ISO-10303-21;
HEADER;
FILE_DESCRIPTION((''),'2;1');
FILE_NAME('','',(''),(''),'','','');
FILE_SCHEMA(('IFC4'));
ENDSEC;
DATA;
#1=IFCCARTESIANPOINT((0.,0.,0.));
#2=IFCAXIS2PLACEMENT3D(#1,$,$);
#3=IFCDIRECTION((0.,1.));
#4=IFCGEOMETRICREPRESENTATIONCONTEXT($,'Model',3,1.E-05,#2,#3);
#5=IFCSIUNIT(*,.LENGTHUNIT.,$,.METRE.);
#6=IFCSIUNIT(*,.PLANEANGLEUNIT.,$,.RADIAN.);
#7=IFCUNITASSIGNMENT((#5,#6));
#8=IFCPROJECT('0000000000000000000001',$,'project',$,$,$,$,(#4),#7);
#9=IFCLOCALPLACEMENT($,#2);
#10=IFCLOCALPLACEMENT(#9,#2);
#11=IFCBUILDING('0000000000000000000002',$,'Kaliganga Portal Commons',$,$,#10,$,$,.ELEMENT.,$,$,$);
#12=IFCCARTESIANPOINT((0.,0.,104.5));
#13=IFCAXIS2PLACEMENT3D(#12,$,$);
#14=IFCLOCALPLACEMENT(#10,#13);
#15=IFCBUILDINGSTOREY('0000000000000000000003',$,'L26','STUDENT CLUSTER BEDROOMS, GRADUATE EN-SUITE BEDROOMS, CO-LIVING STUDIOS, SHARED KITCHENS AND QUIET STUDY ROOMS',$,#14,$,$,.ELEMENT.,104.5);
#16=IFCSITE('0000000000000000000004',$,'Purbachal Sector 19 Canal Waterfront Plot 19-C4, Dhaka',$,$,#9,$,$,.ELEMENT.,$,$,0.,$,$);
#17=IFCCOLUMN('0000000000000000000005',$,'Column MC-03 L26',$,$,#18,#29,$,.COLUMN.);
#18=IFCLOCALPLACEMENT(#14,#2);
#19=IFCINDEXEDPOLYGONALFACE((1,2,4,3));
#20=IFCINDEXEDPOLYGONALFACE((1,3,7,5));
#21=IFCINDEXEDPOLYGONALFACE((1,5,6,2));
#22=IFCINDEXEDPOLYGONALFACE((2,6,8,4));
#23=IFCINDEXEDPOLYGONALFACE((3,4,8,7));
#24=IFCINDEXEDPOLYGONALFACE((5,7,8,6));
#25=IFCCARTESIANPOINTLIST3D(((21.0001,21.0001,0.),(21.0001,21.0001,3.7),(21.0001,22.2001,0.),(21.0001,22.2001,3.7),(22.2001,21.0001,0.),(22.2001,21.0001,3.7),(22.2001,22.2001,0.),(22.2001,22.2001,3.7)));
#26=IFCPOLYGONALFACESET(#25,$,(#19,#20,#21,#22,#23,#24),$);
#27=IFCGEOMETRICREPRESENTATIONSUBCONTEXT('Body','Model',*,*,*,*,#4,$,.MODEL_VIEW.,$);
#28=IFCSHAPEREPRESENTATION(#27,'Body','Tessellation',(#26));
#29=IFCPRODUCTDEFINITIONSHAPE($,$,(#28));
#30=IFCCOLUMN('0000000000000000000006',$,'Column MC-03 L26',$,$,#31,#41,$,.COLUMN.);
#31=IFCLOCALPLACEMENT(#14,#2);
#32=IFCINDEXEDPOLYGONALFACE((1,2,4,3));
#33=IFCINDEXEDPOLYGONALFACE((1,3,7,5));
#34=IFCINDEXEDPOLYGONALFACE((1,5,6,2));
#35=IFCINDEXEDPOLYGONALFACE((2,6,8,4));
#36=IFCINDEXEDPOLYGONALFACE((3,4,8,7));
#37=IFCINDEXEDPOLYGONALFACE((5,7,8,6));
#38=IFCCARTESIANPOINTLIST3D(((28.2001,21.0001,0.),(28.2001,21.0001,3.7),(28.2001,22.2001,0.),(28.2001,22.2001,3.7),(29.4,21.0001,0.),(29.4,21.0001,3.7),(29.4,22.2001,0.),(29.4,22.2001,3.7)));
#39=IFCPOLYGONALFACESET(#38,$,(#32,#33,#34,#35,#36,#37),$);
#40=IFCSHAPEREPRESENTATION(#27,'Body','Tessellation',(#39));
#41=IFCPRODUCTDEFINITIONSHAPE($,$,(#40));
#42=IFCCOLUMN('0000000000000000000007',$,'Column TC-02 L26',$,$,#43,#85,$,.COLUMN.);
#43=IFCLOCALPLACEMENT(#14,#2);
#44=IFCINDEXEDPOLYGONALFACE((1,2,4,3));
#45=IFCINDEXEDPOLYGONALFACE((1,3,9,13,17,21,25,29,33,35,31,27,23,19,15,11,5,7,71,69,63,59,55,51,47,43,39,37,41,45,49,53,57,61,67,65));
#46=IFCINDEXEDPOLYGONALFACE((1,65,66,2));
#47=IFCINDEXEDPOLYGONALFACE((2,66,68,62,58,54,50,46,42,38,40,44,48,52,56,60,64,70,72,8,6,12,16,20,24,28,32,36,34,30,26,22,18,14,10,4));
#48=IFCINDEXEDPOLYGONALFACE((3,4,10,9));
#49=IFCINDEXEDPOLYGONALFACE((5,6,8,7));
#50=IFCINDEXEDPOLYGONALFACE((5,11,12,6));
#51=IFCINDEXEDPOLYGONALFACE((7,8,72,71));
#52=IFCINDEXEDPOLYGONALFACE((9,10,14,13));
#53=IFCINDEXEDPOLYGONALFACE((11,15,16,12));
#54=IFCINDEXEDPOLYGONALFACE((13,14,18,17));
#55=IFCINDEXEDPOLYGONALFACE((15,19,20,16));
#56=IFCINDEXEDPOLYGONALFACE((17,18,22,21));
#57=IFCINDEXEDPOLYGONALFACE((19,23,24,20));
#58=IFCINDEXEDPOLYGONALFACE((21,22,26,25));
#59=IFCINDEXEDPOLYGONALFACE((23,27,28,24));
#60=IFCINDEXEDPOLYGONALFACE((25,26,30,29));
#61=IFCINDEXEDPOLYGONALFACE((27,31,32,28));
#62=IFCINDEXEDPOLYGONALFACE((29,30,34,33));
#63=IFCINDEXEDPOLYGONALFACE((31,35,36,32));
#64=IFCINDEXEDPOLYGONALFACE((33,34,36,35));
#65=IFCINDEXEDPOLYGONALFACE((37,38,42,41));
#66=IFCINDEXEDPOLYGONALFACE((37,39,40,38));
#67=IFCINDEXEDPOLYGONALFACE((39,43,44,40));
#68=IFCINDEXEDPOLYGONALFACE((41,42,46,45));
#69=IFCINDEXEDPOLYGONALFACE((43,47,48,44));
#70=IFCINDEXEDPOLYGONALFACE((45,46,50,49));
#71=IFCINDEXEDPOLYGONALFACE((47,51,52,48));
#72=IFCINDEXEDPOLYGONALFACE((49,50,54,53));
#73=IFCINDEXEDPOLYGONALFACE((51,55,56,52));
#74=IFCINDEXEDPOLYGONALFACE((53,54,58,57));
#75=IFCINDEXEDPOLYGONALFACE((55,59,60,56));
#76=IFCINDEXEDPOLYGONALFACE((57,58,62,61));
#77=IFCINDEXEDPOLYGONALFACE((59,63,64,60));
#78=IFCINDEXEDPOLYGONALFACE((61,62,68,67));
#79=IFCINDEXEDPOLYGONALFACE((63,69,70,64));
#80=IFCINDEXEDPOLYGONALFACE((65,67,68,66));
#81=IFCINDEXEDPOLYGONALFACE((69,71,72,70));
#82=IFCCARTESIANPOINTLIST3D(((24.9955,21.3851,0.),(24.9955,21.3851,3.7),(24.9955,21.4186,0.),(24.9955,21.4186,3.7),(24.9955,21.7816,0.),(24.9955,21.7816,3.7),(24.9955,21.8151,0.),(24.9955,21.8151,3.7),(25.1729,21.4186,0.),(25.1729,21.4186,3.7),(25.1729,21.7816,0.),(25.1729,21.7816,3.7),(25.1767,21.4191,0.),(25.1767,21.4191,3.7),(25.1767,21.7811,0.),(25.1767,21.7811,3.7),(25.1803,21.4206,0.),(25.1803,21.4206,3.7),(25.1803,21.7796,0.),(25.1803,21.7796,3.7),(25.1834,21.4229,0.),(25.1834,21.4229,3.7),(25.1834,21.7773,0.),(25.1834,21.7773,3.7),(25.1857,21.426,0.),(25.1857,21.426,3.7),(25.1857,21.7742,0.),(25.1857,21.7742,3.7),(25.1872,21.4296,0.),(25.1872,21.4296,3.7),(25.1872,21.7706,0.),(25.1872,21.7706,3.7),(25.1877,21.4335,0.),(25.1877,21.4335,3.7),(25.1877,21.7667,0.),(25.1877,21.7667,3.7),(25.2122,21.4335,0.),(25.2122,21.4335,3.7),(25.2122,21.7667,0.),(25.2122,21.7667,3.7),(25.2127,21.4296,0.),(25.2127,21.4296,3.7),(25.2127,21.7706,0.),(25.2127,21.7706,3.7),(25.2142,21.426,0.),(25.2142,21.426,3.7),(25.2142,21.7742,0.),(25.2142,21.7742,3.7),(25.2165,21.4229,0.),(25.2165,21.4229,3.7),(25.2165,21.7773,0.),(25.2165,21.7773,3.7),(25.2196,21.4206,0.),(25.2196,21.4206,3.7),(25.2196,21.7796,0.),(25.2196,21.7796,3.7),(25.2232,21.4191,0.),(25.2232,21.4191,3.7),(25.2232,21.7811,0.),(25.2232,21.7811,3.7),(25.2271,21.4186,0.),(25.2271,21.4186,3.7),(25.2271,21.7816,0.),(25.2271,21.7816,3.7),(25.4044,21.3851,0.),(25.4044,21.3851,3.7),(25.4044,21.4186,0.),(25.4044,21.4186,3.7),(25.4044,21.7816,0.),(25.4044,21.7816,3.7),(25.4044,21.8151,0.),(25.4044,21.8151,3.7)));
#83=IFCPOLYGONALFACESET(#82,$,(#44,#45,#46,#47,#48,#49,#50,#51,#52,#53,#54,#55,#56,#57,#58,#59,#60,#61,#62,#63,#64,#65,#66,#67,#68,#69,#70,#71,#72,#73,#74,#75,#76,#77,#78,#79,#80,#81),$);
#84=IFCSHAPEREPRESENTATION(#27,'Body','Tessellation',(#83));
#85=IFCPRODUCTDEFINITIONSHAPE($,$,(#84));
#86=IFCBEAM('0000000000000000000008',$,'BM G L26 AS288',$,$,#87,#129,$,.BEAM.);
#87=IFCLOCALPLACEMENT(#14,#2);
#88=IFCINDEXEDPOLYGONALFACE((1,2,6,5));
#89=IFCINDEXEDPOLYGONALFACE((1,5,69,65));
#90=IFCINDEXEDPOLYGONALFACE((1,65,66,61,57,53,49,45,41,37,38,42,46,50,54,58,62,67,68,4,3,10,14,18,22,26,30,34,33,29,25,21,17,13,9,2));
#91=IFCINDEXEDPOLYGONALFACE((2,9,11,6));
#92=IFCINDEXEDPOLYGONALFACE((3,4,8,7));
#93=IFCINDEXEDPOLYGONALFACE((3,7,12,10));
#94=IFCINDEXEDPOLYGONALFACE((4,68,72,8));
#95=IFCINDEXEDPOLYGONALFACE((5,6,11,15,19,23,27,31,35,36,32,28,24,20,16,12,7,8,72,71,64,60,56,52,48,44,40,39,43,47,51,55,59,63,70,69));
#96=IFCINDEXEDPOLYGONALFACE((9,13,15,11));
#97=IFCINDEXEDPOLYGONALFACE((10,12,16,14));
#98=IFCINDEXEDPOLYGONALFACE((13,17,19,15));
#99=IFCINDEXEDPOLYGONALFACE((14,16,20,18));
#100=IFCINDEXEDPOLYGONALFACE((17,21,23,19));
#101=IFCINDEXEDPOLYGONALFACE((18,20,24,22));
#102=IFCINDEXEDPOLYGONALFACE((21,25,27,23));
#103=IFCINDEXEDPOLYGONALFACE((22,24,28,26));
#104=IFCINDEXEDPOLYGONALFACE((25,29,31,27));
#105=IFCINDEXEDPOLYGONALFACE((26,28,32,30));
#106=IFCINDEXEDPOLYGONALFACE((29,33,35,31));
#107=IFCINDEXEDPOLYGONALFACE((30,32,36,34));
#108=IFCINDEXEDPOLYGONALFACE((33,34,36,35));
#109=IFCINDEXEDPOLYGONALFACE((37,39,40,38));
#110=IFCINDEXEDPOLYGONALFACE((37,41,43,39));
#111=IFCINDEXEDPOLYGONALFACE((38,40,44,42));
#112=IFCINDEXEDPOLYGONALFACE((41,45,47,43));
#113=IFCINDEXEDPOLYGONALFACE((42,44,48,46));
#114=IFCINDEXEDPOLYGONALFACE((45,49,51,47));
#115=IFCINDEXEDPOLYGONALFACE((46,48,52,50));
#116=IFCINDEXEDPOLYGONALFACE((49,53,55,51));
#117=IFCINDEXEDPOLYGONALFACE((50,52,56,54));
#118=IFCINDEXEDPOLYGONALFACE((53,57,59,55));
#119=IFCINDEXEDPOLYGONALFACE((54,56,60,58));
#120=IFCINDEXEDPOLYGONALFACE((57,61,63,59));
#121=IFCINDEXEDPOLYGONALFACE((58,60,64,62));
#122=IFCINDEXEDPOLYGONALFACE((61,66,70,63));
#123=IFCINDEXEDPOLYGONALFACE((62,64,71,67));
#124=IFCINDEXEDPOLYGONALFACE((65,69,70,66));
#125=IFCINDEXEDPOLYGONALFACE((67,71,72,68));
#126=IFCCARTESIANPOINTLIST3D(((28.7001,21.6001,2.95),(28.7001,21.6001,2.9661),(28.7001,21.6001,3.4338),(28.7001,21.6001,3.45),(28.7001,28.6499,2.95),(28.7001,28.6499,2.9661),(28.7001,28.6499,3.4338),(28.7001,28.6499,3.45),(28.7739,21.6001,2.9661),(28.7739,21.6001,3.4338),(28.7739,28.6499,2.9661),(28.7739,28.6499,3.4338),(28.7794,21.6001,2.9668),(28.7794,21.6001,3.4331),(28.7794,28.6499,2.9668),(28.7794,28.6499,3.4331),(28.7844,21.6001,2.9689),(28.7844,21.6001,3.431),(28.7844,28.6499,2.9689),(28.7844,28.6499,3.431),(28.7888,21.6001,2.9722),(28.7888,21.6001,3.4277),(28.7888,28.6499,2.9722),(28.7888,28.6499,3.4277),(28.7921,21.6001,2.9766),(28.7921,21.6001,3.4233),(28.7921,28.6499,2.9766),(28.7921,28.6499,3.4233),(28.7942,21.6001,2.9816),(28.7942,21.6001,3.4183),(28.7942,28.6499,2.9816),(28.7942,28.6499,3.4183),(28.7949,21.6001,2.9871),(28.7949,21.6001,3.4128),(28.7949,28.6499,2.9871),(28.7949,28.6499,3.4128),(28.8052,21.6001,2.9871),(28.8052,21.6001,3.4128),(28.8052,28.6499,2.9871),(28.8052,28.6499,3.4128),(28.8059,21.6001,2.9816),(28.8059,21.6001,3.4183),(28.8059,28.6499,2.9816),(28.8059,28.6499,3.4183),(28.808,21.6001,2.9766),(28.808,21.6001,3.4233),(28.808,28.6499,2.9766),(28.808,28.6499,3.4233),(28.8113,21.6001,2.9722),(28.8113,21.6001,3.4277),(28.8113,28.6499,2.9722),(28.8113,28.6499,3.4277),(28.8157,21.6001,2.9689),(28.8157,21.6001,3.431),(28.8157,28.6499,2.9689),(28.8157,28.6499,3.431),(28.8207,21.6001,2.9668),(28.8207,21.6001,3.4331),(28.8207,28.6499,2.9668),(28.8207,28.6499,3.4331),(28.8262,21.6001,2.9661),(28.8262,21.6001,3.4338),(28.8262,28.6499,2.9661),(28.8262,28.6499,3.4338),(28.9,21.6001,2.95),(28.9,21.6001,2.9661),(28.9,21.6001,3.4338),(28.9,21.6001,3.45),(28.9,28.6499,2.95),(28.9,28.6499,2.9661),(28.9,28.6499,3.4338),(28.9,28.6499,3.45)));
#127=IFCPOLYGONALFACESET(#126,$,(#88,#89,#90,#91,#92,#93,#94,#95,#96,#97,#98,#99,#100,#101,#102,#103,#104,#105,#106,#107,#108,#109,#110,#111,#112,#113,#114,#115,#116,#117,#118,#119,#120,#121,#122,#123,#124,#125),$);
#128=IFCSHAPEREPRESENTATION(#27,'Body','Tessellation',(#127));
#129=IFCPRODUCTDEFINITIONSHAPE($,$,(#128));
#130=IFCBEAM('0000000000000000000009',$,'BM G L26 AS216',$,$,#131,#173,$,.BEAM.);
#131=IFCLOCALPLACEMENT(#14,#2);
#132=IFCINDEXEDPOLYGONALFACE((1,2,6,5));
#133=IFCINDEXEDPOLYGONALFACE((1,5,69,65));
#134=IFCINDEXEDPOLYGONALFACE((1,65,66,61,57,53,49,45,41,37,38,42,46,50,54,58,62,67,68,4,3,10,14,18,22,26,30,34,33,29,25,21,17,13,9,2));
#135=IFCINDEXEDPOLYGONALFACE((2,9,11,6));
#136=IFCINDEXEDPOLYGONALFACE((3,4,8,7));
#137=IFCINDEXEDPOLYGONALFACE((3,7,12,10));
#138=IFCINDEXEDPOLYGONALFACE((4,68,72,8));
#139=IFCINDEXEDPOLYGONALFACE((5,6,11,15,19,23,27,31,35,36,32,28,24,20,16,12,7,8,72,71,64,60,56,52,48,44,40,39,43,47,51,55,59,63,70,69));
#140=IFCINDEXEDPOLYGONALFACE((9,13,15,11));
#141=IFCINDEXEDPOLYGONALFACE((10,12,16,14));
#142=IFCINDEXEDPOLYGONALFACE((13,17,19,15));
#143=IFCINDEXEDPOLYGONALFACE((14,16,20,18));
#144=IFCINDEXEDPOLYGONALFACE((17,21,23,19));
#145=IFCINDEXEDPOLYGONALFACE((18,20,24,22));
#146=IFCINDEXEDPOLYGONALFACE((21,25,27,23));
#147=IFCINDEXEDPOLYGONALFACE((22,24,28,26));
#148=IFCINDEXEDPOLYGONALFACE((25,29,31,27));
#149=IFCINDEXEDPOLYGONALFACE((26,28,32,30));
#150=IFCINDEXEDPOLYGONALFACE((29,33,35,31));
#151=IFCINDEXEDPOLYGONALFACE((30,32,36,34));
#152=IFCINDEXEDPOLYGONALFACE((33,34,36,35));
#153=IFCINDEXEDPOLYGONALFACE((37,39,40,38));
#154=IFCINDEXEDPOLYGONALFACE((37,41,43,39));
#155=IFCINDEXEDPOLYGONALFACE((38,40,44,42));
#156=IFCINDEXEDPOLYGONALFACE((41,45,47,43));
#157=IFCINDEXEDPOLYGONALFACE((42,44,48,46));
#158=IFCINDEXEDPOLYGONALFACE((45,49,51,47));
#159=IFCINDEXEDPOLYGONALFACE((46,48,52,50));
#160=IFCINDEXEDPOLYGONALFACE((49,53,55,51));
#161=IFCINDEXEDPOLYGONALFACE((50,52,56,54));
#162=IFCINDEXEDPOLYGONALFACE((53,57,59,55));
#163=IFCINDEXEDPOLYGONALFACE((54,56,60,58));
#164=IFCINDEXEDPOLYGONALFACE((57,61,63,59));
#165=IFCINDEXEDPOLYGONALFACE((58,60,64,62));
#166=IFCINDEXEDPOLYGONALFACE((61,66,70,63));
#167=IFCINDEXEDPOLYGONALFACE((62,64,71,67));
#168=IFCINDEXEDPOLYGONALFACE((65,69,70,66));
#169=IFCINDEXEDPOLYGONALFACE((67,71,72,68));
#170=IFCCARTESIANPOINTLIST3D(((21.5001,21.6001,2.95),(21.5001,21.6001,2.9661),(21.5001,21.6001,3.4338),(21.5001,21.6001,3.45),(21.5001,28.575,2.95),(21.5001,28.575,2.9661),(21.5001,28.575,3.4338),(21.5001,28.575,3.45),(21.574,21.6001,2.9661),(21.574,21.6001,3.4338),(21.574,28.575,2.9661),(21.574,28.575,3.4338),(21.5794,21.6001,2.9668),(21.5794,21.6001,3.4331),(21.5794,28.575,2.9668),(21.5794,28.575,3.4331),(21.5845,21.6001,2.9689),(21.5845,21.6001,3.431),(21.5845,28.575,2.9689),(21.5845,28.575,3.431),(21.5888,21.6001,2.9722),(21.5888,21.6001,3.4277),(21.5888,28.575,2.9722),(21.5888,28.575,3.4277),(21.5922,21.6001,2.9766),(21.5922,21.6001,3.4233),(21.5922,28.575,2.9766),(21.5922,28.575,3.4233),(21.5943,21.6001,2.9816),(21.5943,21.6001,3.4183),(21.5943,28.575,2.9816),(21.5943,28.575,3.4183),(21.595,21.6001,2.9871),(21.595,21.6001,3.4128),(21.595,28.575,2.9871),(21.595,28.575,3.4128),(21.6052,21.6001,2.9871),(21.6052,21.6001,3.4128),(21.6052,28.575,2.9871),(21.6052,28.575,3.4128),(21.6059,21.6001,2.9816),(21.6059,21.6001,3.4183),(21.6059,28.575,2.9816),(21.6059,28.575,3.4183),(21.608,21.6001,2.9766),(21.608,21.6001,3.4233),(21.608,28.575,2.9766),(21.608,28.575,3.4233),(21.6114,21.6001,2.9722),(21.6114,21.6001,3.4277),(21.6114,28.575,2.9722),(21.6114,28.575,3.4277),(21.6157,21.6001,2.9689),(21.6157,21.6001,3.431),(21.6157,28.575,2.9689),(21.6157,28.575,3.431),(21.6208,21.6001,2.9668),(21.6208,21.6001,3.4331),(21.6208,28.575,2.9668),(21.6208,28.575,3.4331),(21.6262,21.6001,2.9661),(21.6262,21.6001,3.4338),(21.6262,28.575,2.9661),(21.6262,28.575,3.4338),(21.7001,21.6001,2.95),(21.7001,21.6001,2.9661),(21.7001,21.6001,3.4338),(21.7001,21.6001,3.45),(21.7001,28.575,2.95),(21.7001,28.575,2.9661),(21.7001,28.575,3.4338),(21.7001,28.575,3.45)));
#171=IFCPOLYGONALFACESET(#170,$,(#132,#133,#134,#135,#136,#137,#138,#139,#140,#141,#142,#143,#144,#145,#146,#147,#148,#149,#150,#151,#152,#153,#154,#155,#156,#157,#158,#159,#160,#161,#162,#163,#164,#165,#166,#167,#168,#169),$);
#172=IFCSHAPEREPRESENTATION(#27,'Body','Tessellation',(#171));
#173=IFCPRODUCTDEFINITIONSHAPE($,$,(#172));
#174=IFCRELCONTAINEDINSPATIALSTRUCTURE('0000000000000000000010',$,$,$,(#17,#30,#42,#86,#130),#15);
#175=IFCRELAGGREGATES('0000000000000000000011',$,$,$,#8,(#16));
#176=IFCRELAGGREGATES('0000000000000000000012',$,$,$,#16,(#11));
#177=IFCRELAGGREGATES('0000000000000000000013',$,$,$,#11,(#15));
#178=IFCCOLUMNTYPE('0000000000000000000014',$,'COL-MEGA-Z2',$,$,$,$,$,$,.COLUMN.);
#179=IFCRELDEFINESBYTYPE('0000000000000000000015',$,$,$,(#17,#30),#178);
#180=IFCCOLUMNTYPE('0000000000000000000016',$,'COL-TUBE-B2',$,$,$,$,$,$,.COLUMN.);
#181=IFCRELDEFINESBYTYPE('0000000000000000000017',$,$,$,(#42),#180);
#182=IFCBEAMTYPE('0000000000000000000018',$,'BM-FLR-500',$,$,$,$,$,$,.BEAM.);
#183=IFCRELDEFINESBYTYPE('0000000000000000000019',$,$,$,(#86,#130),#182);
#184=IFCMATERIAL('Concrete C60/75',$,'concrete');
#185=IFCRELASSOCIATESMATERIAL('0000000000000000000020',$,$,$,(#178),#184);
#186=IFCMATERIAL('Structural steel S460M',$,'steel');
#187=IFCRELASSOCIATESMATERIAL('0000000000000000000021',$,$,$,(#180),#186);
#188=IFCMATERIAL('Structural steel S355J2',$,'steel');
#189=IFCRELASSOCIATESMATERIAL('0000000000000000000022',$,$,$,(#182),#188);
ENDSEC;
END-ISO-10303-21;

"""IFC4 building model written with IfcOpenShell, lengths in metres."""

from ifc_helpers import new_model, si_unit, direction, frame, origin, origin_2d, place, context, subcontext, project, spatial, rectangle, i_section, extrude, source, transform, mapped, material, material_profile, profile_set, type_object, element, save


model = new_model("IFC4")

# Units and contexts
model_context = context("Model", 3, precision=1e-05, world=origin(), true_north=direction((0.0, 1.0)))
body_context = subcontext(model_context, "Body", "Model", "MODEL_VIEW")
ifc_project = project(units=[si_unit("LENGTHUNIT", "METRE"), si_unit("PLANEANGLEUNIT", "RADIAN")], contexts=[model_context])

# Site, building, storey
site_placement = place(None, origin())
site = spatial("IfcSite", under=ifc_project, at=site_placement, Name="Purbachal Sector 19 Canal Waterfront Plot 19-C4, Dhaka", CompositionType="ELEMENT", RefElevation=0.0)
building_placement = place(site_placement, origin())
building = spatial("IfcBuilding", under=site, at=building_placement, Name="Kaliganga Portal Commons", CompositionType="ELEMENT")
storey_placement = place(building_placement, frame((0.0, 0.0, 104.5)))
storey = spatial("IfcBuildingStorey", under=building, at=storey_placement, Name="L26", Description="STUDENT CLUSTER BEDROOMS, GRADUATE EN-SUITE BEDROOMS, CO-LIVING STUDIOS, SHARED KITCHENS AND QUIET STUDY ROOMS", CompositionType="ELEMENT", Elevation=104.5)

# Columns
ifc_material_1 = material(Name="Concrete C60/75", Category="concrete")
ifc_material_profile_1 = material_profile(ifc_material_1, rectangle(XDim=1.2, YDim=1.2, at=origin_2d()), Name="RC 1200x1200")
ifc_profile_set_1 = profile_set([ifc_material_profile_1], Name="Concrete C60/75")
column_type_1 = type_object("IfcColumnType", Name="COL-MEGA-Z2", PredefinedType="COLUMN", material=ifc_profile_set_1)
shared_shape_1 = source(origin(), body_context, "Body", "SweptSolid", [
    extrude(rectangle(XDim=1.2, YDim=1.2, at=origin_2d()), origin(), (0.0, 0.0, 1.0), 3.7),
])
for number, where, z_axis, x_axis, name in (
    (1, (21.6001, 21.6001, 0.0), (0.0, 0.0, 1.0), (1.0, 0.0, 0.0), "Column MC-03 L26"),
    (2, (28.8, 21.6001, 0.0), (0.0, 0.0, 1.0), (1.0, 0.0, 0.0), "Column MC-03 L26"),
):
    element("IfcColumn", number, at=place(storey_placement, frame(where, z_axis=z_axis, x_axis=x_axis)), inside=storey, type_object=column_type_1, Name=name, PredefinedType="COLUMN", context=body_context, shape_type="MappedRepresentation", body=[
        mapped(shared_shape_1, transform((0.0, 0.0, 0.0), x_axis=(1.0, 0.0, 0.0), y_axis=(0.0, 1.0, 0.0), z_axis=(0.0, 0.0, 1.0), scale=1.0)),
    ])
ifc_material_2 = material(Name="Structural steel S460M", Category="steel")
ifc_material_profile_2 = material_profile(ifc_material_2, i_section(OverallWidth=0.4089, OverallDepth=0.4299, WebThickness=0.0244, FlangeThickness=0.0334, FilletRadius=0.0149, at=origin_2d()), Name="HD 400x421")
ifc_profile_set_2 = profile_set([ifc_material_profile_2], Name="Structural steel S460M wide-flange")
column_type_2 = type_object("IfcColumnType", Name="COL-TUBE-B2", PredefinedType="COLUMN", material=ifc_profile_set_2)
shared_shape_2 = source(origin(), body_context, "Body", "SweptSolid", [
    extrude(i_section(OverallWidth=0.4089, OverallDepth=0.4299, WebThickness=0.0244, FlangeThickness=0.0334, FilletRadius=0.0149, at=origin_2d()), origin(), (0.0, 0.0, 1.0), 3.7),
])
column_placement = place(storey_placement, frame((25.2, 21.6001, 0.0), z_axis=(0.0, 0.0, 1.0), x_axis=(1.0, 0.0, 0.0)))
element("IfcColumn", 3, at=column_placement, inside=storey, type_object=column_type_2, Name="Column TC-02 L26", PredefinedType="COLUMN", context=body_context, shape_type="MappedRepresentation", body=[
    mapped(shared_shape_2, transform((0.0, 0.0, 0.0), x_axis=(1.0, 0.0, 0.0), y_axis=(0.0, 1.0, 0.0), z_axis=(0.0, 0.0, 1.0), scale=1.0)),
])

# Beams
ifc_material_3 = material(Name="Structural steel S355J2", Category="steel")
ifc_material_profile_3 = material_profile(ifc_material_3, i_section(OverallWidth=0.2, OverallDepth=0.5, WebThickness=0.0103, FlangeThickness=0.0161, FilletRadius=0.021, at=origin_2d()), Name="IPE 500")
ifc_profile_set_3 = profile_set([ifc_material_profile_3], Name="Structural steel S355J2 wide-flange")
beam_type_1 = type_object("IfcBeamType", Name="BM-FLR-500", PredefinedType="BEAM", material=ifc_profile_set_3)
shared_shape_3 = source(origin(), body_context, "Body", "SweptSolid", [
    extrude(i_section(OverallWidth=0.2, OverallDepth=0.5, WebThickness=0.0103, FlangeThickness=0.0161, FilletRadius=0.021, at=origin_2d()), origin(), (0.0, 0.0, 1.0), 7.0498),
])
beam_1_placement = place(storey_placement, frame((28.8, 21.6001, 3.2), z_axis=(0.0, 1.0, 0.0), x_axis=(-1.0, 0.0, 0.0)))
element("IfcBeam", 4, at=beam_1_placement, inside=storey, type_object=beam_type_1, Name="BM G L26 AS288", PredefinedType="BEAM", context=body_context, shape_type="MappedRepresentation", body=[
    mapped(shared_shape_3, transform((0.0, 0.0, 0.0), x_axis=(1.0, 0.0, 0.0), y_axis=(0.0, 1.0, 0.0), z_axis=(0.0, 0.0, 1.0), scale=1.0)),
])
shared_shape_4 = source(origin(), body_context, "Body", "SweptSolid", [
    extrude(i_section(OverallWidth=0.2, OverallDepth=0.5, WebThickness=0.0103, FlangeThickness=0.0161, FilletRadius=0.021, at=origin_2d()), origin(), (0.0, 0.0, 1.0), 6.9749),
])
beam_2_placement = place(storey_placement, frame((21.6001, 21.6001, 3.2), z_axis=(0.0, 1.0, 0.0), x_axis=(-1.0, 0.0, 0.0)))
element("IfcBeam", 5, at=beam_2_placement, inside=storey, type_object=beam_type_1, Name="BM G L26 AS216", PredefinedType="BEAM", context=body_context, shape_type="MappedRepresentation", body=[
    mapped(shared_shape_4, transform((0.0, 0.0, 0.0), x_axis=(1.0, 0.0, 0.0), y_axis=(0.0, 1.0, 0.0), z_axis=(0.0, 0.0, 1.0), scale=1.0)),
])

save(model, "model.ifc")
